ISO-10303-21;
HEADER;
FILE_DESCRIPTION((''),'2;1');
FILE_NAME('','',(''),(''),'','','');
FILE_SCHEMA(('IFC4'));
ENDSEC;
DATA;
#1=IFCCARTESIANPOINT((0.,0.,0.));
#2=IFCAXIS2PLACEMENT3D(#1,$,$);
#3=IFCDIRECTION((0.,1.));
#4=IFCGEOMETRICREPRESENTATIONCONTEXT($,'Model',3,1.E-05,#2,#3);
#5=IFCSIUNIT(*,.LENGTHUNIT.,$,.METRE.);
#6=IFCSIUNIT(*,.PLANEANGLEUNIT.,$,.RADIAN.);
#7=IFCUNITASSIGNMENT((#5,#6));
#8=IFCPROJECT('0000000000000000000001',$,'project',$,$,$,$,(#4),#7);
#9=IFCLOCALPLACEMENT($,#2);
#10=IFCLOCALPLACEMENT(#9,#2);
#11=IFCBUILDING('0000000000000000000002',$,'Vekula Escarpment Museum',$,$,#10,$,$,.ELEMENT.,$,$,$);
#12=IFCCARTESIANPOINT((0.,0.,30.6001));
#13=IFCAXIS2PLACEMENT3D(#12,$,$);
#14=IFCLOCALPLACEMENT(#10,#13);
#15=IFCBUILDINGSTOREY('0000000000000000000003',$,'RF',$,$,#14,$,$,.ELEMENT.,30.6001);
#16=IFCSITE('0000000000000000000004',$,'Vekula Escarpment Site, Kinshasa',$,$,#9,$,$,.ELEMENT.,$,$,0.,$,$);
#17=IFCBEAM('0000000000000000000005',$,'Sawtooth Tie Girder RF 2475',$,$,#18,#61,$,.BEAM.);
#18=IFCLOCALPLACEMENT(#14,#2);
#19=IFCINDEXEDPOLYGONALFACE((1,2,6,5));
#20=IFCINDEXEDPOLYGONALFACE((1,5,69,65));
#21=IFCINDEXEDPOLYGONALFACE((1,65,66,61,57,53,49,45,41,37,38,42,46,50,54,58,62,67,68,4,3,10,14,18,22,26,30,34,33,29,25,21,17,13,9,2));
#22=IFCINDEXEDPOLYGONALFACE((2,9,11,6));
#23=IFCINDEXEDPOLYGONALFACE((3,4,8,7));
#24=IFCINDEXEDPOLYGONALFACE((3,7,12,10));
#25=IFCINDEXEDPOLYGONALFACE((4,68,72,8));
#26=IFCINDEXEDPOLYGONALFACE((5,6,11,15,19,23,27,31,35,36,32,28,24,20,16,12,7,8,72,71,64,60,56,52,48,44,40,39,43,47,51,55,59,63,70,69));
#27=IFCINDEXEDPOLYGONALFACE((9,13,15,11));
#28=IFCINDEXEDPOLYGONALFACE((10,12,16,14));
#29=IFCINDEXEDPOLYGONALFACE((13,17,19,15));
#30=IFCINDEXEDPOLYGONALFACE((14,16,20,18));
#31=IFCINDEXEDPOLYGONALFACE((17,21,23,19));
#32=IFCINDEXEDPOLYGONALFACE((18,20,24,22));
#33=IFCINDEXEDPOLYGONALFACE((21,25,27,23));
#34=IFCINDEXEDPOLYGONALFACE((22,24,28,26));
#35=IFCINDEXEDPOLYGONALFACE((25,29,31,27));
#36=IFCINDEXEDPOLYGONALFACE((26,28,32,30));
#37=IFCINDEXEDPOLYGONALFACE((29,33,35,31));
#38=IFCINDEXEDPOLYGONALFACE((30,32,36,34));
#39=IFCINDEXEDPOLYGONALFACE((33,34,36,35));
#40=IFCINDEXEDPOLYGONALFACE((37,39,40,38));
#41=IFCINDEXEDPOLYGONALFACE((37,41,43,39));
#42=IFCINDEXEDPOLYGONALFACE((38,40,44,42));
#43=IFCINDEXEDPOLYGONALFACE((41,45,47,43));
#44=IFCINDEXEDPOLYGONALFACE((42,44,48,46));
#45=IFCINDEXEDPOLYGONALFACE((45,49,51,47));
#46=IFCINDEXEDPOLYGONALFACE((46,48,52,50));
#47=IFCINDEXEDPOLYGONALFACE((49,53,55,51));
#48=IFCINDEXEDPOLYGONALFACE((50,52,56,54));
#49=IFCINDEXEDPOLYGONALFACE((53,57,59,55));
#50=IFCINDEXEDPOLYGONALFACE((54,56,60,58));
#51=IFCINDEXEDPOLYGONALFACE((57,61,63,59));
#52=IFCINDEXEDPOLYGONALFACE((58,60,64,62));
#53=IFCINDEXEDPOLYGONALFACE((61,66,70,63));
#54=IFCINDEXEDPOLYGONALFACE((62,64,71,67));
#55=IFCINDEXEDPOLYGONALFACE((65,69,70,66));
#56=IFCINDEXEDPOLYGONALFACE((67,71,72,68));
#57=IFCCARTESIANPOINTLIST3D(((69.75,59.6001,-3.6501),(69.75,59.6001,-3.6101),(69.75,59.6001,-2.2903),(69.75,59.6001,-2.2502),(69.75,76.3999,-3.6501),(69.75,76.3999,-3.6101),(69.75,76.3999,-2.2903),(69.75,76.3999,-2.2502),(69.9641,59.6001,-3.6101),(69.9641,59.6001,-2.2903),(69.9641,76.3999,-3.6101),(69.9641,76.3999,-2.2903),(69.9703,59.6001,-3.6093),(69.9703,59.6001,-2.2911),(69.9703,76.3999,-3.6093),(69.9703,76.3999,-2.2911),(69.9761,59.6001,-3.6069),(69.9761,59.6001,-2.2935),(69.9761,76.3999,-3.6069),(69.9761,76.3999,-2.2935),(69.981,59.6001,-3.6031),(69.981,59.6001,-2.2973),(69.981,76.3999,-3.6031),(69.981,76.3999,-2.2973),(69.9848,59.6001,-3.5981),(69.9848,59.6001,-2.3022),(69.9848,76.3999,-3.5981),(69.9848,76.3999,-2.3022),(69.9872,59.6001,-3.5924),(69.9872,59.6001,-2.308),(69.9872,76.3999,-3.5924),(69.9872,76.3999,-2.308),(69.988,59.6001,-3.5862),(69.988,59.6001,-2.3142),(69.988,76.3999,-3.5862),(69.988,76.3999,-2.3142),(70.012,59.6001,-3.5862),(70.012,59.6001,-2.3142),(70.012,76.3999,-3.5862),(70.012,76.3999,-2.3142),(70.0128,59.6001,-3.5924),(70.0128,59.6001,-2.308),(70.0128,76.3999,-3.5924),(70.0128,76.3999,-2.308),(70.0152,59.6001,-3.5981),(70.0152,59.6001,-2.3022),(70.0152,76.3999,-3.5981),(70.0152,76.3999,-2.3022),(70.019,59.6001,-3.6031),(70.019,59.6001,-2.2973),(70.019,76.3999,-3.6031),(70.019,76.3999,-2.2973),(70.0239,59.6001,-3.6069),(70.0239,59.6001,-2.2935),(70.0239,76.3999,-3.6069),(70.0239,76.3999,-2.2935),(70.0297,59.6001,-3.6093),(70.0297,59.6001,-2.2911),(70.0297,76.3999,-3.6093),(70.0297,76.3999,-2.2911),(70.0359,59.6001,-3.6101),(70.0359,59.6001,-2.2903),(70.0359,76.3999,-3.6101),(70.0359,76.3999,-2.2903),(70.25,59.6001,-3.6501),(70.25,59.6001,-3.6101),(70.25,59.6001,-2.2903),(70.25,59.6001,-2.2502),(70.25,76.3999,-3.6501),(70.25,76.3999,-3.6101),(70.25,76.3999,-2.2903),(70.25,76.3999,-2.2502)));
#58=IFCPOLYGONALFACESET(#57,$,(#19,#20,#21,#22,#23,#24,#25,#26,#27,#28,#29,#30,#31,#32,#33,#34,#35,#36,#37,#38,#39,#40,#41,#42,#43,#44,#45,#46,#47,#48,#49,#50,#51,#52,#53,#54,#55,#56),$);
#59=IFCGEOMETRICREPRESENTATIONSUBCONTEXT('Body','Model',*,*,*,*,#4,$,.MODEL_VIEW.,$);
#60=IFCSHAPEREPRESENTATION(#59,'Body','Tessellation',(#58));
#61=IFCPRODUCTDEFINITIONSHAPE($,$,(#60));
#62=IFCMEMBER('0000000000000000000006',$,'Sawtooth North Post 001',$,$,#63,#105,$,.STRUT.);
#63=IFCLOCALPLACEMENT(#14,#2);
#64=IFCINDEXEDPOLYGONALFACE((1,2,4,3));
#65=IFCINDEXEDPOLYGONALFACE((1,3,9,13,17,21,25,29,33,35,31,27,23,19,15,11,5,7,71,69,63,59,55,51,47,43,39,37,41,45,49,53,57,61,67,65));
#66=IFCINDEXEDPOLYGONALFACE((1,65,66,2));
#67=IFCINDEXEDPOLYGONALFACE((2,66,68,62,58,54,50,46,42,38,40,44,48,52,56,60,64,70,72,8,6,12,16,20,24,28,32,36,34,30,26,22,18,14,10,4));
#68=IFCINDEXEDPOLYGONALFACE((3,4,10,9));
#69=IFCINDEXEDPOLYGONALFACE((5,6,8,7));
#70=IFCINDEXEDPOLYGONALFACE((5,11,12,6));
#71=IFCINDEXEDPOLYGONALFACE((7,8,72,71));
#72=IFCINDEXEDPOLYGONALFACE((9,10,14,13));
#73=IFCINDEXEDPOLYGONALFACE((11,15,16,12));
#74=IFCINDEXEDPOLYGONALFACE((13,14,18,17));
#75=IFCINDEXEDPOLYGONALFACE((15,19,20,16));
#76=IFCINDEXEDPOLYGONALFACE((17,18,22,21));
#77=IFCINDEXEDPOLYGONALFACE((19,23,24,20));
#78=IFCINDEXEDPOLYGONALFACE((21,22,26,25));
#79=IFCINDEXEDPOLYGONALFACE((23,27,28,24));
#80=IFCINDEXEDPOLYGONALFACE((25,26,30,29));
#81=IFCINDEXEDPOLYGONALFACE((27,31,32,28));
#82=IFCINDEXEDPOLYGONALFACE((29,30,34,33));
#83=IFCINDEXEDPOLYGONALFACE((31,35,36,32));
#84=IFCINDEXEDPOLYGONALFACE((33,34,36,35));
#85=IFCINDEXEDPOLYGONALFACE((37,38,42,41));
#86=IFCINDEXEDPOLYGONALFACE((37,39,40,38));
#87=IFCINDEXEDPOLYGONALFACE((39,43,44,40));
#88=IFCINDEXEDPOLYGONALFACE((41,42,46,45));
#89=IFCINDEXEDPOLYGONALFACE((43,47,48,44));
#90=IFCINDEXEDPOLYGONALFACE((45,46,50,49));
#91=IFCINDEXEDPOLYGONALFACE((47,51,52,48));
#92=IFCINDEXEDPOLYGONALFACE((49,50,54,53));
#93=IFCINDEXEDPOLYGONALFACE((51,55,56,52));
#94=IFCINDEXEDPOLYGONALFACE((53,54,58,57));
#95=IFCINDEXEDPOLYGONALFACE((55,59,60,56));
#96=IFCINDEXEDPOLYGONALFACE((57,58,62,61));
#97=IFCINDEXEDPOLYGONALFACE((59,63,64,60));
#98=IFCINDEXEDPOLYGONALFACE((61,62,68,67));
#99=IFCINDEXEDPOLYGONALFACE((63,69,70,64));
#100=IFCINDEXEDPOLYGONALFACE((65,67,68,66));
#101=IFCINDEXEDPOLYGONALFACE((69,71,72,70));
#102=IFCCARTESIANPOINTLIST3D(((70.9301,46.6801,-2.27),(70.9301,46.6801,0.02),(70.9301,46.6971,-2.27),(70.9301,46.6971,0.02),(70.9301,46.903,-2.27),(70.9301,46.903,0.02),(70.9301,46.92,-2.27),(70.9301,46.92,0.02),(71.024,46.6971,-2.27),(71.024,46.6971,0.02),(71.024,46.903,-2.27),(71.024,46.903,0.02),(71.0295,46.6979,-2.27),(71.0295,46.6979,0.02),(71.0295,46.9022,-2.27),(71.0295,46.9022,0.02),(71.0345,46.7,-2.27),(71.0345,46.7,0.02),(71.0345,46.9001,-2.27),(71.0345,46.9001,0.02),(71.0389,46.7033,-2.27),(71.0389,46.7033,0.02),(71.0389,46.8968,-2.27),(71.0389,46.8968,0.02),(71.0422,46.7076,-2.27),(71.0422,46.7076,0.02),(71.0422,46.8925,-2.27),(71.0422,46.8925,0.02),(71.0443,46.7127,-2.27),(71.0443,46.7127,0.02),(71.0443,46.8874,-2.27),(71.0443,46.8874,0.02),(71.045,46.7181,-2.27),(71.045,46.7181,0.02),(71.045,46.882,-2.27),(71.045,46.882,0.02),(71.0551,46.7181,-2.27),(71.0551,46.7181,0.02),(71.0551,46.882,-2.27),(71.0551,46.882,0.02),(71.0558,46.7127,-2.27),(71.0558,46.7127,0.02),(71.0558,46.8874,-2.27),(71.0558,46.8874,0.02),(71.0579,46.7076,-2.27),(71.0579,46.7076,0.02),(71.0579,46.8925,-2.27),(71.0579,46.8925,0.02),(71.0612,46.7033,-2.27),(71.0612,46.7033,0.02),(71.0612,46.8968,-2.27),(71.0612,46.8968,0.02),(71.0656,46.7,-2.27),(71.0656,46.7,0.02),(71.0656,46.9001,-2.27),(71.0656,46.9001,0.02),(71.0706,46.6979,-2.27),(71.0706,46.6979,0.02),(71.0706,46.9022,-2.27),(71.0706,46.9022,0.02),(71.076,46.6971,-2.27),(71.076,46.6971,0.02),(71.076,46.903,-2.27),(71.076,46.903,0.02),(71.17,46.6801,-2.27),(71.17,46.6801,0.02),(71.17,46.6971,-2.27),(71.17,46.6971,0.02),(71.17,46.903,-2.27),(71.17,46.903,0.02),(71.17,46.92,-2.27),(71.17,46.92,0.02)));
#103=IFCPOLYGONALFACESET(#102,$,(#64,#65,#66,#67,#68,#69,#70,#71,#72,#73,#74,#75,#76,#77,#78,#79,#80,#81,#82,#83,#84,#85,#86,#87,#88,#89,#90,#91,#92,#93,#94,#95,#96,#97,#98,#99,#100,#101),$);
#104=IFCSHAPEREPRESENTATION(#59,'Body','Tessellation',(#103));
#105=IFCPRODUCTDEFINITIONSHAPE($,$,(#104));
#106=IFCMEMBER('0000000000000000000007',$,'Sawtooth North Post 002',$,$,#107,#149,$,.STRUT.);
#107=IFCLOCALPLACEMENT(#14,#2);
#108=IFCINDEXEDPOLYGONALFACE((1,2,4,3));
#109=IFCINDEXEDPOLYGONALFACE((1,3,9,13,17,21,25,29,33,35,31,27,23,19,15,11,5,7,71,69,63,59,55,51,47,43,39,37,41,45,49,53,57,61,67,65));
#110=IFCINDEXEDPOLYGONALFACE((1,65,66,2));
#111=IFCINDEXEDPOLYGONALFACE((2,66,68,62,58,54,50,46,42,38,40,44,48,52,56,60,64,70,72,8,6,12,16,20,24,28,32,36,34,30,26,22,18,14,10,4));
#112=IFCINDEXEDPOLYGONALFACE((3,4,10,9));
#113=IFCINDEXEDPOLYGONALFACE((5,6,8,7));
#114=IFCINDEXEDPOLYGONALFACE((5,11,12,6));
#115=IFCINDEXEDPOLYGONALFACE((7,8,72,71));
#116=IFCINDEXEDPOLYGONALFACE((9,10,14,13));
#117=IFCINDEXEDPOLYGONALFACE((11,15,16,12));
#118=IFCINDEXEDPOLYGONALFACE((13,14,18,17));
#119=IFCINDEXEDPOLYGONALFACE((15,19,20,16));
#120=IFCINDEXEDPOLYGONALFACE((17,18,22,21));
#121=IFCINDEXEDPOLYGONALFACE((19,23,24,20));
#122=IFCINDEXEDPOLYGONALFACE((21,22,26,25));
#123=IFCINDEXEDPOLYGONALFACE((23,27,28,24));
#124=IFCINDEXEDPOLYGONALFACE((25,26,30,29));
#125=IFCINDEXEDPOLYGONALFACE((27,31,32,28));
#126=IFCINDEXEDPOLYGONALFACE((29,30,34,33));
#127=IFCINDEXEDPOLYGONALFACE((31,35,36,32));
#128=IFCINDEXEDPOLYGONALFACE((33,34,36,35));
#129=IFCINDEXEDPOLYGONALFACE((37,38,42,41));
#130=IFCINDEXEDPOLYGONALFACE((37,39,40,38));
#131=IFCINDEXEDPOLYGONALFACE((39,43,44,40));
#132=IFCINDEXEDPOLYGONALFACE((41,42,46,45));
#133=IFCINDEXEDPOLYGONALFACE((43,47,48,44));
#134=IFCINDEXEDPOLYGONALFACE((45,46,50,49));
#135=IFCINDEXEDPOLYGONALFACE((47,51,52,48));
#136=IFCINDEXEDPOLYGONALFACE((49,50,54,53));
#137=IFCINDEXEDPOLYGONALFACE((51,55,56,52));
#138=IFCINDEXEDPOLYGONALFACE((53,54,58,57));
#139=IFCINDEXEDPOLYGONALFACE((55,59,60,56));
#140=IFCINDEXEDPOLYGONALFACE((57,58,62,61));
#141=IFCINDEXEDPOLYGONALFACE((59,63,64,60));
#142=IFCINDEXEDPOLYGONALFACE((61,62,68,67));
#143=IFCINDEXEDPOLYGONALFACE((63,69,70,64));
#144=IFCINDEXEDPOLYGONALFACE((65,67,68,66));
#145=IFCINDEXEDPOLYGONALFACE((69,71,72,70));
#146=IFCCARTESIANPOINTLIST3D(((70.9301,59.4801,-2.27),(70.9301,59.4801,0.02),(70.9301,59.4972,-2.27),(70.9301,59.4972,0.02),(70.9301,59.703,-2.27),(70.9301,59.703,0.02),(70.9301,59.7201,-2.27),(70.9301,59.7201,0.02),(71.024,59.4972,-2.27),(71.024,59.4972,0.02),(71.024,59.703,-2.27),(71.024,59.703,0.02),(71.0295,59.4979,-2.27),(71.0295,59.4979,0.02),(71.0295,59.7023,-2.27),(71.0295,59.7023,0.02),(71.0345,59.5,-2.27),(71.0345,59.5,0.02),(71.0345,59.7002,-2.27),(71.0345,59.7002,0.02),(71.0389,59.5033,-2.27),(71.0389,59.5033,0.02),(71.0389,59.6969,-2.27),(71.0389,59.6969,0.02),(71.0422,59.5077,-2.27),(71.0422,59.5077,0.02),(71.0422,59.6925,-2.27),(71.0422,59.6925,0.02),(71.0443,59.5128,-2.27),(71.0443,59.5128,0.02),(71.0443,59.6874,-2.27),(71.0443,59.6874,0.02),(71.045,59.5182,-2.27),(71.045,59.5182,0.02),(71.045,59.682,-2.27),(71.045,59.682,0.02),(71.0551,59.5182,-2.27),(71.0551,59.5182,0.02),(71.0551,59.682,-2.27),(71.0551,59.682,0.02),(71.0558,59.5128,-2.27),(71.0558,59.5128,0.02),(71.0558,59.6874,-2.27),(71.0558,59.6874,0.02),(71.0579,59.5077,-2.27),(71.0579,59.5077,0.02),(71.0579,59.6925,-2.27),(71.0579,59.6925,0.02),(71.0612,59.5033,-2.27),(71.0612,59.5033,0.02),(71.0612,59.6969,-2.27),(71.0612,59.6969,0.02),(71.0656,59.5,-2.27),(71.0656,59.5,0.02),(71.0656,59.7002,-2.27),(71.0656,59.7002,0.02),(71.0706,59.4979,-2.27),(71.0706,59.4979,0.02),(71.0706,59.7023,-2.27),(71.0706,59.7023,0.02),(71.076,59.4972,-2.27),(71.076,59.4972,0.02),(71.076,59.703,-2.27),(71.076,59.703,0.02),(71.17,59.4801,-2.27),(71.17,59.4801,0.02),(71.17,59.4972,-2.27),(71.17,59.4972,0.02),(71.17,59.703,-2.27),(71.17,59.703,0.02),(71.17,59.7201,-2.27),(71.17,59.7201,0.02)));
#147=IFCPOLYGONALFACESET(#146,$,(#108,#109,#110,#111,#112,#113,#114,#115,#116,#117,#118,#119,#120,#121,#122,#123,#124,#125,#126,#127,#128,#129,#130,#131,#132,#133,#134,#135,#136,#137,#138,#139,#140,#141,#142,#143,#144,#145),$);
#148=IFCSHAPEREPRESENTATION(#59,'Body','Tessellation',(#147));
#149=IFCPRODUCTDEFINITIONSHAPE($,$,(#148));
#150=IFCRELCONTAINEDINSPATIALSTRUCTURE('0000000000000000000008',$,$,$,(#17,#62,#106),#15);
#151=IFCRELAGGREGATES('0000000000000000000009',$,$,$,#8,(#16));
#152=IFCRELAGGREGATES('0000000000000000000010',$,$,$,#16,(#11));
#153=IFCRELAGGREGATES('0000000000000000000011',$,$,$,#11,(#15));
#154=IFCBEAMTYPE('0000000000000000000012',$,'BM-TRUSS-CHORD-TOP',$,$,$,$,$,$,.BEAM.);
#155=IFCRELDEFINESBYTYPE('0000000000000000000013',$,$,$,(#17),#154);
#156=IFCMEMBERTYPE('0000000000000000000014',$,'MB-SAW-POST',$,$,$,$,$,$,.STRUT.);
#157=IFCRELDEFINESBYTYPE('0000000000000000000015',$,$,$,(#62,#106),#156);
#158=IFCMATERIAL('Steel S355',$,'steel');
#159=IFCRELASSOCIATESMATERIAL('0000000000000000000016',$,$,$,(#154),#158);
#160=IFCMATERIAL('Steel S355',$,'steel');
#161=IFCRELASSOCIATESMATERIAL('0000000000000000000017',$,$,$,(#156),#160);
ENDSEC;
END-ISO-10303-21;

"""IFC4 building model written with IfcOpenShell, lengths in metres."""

from ifc_helpers import new_model, si_unit, direction, frame, origin, origin_2d, place, context, subcontext, project, spatial, i_section, extrude, material, material_profile, profile_set, type_object, element, save


model = new_model("IFC4")

# Units and contexts
model_context = context("Model", 3, precision=1e-05, world=origin(), true_north=direction((0.0, 1.0)))
body_context = subcontext(model_context, "Body", "Model", "MODEL_VIEW")
ifc_project = project(units=[si_unit("LENGTHUNIT", "METRE"), si_unit("PLANEANGLEUNIT", "RADIAN")], contexts=[model_context])

# Site, building, storey
site_placement = place(None, origin())
site = spatial("IfcSite", under=ifc_project, at=site_placement, Name="Vekula Escarpment Site, Kinshasa", CompositionType="ELEMENT", RefElevation=0.0)
building_placement = place(site_placement, origin())
building = spatial("IfcBuilding", under=site, at=building_placement, Name="Vekula Escarpment Museum", CompositionType="ELEMENT")
storey_placement = place(building_placement, frame((0.0, 0.0, 30.6001)))
storey = spatial("IfcBuildingStorey", under=building, at=storey_placement, Name="RF", CompositionType="ELEMENT", Elevation=30.6001)

# Beam
ifc_material_1 = material(Name="Steel S355", Category="steel")
ifc_material_profile_1 = material_profile(ifc_material_1, i_section(OverallWidth=0.5, OverallDepth=1.3999, WebThickness=0.0239, FlangeThickness=0.04, FilletRadius=0.0239, at=origin_2d()), Name="WPG 1400x500")
ifc_profile_set_1 = profile_set([ifc_material_profile_1], Name="Steel S355")
beam_type_1 = type_object("IfcBeamType", Name="BM-TRUSS-CHORD-TOP", PredefinedType="BEAM", material=ifc_profile_set_1)
beam_1_placement = place(storey_placement, frame((70.0, 59.6001, -2.9502), z_axis=(0.0, 1.0, 0.0), x_axis=(-1.0, 0.0, 0.0)))
element("IfcBeam", 1, at=beam_1_placement, inside=storey, type_object=beam_type_1, Name="Sawtooth Tie Girder RF 2475", PredefinedType="BEAM", context=body_context, shape_type="SweptSolid", body=[
    extrude(i_section(OverallWidth=0.5, OverallDepth=1.3999, WebThickness=0.0239, FlangeThickness=0.04, FilletRadius=0.0239, at=origin_2d()), origin(), (0.0, 0.0, 1.0), 16.7998),
])

# Members
ifc_material_2 = material(Name="Steel S355", Category="steel")
ifc_material_profile_2 = material_profile(ifc_material_2, i_section(OverallWidth=0.24, OverallDepth=0.24, WebThickness=0.01, FlangeThickness=0.0171, FilletRadius=0.021, at=origin_2d()), Name="HEB 240")
ifc_profile_set_2 = profile_set([ifc_material_profile_2], Name="Steel S355")
member_type = type_object("IfcMemberType", Name="MB-SAW-POST", PredefinedType="STRUT", material=ifc_profile_set_2)
for number, where, z_axis, x_axis, name in (
    (2, (71.05, 46.8, -2.27), (0.0, 0.0, 1.0), (1.0, 0.0, 0.0), "Sawtooth North Post 001"),
    (3, (71.05, 59.6001, -2.27), (0.0, 0.0, 1.0), (1.0, 0.0, 0.0), "Sawtooth North Post 002"),
):
    element("IfcMember", number, at=place(storey_placement, frame(where, z_axis=z_axis, x_axis=x_axis)), inside=storey, type_object=member_type, Name=name, PredefinedType="STRUT", context=body_context, shape_type="SweptSolid", body=[
        extrude(i_section(OverallWidth=0.24, OverallDepth=0.24, WebThickness=0.01, FlangeThickness=0.0171, FilletRadius=0.021, at=origin_2d()), origin(), (0.0, 0.0, 1.0), 2.29),
    ])

save(model, "model.ifc")
